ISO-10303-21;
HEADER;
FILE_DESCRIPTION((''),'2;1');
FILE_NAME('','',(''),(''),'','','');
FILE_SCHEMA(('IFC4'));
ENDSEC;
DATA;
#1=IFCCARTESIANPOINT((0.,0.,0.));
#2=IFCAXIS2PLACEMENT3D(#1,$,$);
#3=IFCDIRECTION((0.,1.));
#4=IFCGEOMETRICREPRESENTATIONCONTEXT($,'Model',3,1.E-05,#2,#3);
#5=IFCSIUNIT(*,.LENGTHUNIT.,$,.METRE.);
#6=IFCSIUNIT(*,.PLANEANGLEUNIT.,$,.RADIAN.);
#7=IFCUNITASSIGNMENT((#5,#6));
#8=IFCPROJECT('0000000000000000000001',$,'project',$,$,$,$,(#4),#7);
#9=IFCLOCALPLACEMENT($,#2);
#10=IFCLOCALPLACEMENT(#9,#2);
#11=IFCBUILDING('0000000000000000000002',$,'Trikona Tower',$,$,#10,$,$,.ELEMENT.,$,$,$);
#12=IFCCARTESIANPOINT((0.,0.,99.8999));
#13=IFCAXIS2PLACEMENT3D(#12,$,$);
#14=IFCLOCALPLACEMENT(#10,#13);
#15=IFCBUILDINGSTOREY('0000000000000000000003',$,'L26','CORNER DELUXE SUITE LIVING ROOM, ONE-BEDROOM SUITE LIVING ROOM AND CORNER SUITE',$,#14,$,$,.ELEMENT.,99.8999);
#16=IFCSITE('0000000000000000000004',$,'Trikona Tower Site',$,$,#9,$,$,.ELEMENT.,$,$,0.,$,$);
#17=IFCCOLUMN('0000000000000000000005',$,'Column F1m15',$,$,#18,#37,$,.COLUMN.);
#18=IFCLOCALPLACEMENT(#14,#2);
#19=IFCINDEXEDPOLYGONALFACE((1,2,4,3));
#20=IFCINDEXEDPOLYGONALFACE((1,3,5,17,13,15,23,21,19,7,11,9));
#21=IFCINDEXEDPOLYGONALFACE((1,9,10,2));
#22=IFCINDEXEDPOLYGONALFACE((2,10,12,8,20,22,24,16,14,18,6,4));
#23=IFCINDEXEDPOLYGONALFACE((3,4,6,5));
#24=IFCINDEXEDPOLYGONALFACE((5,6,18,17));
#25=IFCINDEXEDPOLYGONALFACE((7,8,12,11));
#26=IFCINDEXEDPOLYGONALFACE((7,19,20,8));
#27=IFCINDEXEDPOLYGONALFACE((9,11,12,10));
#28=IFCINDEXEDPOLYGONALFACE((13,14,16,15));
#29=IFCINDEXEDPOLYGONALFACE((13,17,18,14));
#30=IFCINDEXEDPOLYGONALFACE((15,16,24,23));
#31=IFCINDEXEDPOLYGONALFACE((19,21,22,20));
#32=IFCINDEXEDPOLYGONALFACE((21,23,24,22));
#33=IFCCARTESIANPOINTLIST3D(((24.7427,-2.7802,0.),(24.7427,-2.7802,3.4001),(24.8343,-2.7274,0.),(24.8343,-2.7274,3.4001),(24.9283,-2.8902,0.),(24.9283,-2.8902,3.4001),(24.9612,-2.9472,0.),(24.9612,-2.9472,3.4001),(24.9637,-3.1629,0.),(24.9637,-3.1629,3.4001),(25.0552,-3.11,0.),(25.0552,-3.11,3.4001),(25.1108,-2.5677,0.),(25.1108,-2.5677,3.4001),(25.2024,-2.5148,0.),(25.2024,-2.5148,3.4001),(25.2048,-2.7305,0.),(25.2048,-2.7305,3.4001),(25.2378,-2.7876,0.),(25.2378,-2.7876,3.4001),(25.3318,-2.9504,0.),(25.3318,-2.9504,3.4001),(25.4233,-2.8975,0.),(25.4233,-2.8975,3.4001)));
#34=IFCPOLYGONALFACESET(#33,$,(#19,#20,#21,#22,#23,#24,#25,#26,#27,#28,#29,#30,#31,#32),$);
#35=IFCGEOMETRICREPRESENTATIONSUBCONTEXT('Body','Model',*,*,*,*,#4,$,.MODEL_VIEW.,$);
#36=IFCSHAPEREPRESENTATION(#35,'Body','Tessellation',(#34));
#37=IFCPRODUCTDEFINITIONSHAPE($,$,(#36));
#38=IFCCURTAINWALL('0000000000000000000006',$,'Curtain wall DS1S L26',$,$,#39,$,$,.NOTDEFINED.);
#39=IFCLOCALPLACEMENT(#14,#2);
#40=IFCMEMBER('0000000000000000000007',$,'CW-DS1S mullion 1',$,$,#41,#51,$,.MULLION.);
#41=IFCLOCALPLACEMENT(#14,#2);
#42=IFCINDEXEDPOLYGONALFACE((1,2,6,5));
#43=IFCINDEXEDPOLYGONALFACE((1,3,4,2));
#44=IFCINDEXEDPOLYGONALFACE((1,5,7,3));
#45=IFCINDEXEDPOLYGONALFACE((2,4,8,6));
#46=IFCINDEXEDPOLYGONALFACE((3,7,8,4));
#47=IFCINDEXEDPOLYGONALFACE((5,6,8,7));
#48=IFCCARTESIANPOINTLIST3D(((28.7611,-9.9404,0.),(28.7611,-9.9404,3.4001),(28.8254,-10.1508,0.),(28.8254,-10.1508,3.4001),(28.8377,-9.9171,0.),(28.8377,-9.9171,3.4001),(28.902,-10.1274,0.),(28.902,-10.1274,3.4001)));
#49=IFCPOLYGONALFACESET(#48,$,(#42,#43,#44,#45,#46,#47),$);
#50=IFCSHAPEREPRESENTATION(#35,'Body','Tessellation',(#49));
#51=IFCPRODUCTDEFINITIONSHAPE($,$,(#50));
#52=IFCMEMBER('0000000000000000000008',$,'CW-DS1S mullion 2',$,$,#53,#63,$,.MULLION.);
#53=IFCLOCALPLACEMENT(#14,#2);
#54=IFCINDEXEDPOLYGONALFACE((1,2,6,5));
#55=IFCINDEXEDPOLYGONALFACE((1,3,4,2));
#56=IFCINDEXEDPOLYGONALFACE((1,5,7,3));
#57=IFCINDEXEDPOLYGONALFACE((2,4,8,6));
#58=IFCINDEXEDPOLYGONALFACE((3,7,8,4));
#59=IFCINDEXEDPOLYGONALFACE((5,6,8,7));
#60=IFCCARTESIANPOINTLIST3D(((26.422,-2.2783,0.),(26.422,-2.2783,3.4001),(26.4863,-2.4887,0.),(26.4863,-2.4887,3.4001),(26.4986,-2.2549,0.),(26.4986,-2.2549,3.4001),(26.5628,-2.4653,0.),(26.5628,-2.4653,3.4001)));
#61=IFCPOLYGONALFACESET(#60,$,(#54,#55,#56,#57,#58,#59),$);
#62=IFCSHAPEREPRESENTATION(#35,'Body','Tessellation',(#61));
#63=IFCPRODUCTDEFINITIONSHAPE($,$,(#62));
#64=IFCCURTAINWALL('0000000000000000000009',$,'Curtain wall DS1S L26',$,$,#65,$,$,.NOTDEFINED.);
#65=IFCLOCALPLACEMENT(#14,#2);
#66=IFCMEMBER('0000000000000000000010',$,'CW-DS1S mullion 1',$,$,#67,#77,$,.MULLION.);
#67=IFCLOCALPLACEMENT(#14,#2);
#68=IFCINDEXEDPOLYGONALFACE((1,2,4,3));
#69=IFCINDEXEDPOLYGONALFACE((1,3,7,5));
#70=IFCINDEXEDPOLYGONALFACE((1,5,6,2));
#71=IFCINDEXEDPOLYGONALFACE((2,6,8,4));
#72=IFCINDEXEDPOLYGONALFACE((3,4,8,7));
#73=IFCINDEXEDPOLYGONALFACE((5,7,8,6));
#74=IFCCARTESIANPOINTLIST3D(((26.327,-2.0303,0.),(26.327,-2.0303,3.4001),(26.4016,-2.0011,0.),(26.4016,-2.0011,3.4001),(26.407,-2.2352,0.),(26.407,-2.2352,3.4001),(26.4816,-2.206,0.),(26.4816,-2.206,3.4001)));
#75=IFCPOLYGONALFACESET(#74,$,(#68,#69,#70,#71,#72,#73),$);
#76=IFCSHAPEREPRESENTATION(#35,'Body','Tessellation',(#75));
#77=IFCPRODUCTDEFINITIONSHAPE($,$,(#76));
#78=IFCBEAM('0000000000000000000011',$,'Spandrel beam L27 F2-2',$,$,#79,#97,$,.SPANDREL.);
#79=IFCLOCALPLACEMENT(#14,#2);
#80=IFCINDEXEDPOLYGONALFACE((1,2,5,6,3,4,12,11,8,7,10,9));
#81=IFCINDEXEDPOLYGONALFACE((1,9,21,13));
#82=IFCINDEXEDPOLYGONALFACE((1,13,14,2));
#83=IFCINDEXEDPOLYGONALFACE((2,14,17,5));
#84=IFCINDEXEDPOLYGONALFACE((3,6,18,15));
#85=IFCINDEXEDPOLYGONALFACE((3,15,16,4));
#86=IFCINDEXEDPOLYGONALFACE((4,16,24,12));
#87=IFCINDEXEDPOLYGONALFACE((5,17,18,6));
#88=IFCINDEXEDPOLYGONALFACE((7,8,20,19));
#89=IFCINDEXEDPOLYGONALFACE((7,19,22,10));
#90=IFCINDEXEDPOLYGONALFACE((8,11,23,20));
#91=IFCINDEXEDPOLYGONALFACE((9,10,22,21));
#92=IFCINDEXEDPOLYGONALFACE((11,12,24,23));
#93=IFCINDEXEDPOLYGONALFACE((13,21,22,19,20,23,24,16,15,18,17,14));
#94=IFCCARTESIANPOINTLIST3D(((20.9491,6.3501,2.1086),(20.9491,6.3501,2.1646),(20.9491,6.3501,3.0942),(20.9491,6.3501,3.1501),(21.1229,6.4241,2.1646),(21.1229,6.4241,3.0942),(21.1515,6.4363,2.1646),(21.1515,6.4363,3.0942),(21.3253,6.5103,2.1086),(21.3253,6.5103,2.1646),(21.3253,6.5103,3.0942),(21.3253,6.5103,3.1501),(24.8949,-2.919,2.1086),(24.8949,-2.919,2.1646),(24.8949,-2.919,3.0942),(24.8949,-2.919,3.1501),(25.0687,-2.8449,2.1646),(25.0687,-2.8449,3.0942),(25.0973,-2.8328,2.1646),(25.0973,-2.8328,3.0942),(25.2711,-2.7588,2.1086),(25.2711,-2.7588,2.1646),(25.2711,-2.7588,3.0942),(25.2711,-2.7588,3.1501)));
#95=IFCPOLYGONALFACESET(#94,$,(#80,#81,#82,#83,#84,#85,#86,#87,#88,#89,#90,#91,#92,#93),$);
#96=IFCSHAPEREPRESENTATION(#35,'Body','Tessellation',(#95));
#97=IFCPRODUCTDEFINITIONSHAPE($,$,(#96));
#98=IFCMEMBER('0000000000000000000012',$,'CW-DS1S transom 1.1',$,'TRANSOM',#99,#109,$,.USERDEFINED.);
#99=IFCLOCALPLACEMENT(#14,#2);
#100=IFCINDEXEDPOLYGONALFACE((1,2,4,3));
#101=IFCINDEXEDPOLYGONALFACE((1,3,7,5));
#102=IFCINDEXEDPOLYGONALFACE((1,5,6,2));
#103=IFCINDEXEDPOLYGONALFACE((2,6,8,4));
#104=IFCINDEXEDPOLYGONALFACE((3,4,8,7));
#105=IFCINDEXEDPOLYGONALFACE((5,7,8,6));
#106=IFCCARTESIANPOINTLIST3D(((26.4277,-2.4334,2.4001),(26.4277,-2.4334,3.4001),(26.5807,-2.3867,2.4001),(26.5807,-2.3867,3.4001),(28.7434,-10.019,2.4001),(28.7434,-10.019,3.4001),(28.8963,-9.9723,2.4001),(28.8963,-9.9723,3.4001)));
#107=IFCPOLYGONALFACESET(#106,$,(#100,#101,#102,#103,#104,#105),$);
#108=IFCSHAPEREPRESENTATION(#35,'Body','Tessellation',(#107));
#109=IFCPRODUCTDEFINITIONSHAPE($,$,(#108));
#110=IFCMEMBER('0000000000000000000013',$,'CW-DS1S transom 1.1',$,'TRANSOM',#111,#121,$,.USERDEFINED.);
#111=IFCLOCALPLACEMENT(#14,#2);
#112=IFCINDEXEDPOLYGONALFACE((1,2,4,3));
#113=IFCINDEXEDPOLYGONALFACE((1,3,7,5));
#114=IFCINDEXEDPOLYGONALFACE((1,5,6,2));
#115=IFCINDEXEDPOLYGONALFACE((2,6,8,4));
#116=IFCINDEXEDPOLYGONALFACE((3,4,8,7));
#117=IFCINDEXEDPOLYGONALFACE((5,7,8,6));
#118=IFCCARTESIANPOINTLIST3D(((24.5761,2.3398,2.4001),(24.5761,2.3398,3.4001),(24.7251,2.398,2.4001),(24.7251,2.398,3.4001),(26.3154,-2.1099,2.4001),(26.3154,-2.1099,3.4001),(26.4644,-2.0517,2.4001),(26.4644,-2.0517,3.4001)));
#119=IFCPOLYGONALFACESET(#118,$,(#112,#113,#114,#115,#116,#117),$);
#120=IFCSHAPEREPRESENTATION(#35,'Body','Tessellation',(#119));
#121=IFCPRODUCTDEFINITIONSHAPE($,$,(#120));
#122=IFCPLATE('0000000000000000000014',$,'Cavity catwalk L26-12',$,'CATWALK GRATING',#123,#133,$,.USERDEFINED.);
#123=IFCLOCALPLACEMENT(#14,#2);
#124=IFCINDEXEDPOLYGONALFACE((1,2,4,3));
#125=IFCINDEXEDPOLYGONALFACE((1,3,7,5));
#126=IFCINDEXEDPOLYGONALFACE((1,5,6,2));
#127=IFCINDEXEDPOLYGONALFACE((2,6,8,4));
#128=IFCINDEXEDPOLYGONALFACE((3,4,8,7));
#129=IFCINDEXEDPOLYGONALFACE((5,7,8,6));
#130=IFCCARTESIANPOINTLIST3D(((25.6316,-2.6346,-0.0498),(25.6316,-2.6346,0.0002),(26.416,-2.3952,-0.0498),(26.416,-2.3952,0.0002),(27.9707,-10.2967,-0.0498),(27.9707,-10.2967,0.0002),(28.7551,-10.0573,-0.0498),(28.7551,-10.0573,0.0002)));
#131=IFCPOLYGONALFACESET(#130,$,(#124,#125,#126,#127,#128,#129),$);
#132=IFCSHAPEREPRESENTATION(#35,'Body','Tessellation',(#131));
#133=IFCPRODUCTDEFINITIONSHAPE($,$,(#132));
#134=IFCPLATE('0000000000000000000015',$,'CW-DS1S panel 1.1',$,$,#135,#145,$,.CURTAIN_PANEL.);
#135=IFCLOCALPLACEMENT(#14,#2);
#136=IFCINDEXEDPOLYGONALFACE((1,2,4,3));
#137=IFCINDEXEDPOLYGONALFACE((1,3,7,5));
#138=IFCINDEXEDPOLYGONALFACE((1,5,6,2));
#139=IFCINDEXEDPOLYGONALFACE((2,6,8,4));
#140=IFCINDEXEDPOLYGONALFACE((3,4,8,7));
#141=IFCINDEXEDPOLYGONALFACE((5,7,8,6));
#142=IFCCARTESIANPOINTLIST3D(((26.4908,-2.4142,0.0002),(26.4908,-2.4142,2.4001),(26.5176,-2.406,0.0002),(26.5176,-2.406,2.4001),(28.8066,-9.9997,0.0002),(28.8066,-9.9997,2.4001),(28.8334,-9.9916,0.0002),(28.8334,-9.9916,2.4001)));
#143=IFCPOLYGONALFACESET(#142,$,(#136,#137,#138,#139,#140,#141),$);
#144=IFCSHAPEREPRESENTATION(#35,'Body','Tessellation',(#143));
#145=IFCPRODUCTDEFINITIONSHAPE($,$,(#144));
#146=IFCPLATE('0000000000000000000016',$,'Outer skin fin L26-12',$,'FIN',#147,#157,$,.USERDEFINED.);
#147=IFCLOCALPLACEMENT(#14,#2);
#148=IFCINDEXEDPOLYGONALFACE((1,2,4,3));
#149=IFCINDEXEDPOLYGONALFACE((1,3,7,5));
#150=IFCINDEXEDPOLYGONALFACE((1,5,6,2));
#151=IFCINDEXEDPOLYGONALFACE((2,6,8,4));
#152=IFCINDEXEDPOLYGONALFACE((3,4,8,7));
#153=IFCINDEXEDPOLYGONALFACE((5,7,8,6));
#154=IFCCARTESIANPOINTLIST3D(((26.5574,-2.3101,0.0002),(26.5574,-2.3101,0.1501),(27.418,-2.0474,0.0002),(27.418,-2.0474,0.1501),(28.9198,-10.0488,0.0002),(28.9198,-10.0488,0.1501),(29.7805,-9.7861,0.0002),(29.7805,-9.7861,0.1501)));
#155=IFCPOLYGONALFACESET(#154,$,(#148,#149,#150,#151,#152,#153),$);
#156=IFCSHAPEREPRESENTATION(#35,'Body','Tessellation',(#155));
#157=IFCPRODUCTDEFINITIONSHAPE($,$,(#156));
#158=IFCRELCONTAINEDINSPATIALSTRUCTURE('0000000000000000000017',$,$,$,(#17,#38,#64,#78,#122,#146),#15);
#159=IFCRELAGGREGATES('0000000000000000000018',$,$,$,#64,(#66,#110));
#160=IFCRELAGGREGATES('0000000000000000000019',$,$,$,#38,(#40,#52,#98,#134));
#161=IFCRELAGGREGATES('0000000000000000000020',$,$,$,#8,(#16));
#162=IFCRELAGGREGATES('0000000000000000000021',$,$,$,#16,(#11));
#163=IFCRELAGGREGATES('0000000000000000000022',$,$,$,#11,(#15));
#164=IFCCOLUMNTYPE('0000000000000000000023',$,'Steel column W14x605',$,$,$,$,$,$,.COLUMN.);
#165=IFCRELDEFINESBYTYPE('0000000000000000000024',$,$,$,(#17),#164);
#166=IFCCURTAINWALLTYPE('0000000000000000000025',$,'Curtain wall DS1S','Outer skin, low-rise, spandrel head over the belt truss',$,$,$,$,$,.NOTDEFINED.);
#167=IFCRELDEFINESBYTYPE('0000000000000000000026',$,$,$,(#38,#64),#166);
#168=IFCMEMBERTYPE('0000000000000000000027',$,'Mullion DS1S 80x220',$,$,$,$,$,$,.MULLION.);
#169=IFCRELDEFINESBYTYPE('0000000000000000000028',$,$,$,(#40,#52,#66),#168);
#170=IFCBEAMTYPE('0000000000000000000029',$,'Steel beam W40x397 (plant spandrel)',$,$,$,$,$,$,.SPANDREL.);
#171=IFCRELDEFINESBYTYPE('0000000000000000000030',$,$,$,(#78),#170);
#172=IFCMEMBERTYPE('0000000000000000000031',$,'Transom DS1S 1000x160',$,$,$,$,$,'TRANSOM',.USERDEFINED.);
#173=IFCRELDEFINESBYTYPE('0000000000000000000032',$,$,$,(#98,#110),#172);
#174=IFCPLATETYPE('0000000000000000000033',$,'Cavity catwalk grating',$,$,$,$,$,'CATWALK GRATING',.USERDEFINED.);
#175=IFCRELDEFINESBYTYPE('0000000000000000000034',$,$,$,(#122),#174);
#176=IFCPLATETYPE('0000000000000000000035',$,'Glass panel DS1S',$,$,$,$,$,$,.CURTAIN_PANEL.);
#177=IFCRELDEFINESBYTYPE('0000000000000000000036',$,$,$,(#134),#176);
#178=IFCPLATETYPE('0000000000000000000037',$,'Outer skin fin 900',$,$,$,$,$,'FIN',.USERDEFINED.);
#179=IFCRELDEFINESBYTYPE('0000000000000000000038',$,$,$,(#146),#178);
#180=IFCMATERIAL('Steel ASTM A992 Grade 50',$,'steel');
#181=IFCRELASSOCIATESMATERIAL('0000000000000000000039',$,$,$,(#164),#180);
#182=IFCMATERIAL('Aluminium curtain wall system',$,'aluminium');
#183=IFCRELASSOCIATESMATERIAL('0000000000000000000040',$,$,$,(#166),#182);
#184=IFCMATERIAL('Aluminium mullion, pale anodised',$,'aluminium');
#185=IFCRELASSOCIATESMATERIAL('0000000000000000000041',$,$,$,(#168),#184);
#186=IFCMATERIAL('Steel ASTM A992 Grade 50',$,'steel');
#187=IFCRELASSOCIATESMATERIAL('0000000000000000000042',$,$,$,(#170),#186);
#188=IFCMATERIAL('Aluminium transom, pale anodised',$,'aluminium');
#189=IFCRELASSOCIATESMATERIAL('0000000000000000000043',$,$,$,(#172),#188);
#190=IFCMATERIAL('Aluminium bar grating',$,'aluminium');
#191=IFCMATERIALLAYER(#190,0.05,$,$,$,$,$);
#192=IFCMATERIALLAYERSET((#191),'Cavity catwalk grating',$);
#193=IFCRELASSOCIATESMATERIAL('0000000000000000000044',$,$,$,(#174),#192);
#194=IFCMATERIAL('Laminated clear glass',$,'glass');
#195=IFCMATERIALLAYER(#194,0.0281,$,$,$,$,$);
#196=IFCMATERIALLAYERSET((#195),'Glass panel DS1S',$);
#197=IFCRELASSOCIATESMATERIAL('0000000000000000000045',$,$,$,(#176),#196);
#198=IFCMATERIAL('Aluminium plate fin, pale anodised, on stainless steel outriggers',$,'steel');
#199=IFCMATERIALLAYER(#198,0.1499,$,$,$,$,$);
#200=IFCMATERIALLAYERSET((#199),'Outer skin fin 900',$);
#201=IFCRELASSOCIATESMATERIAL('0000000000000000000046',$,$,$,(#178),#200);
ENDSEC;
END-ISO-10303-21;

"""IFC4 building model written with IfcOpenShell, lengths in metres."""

from ifc_helpers import new_model, si_unit, direction, frame, origin, origin_2d, place, context, subcontext, project, spatial, rectangle, i_section, extrude, material, layer, layer_set, material_profile, profile_set, type_object, element, aggregate, save


model = new_model("IFC4")

# Units and contexts
model_context = context("Model", 3, precision=1e-05, world=origin(), true_north=direction((0.0, 1.0)))
body_context = subcontext(model_context, "Body", "Model", "MODEL_VIEW")
ifc_project = project(units=[si_unit("LENGTHUNIT", "METRE"), si_unit("PLANEANGLEUNIT", "RADIAN")], contexts=[model_context])

# Site, building, storey
site_placement = place(None, origin())
site = spatial("IfcSite", under=ifc_project, at=site_placement, Name="Trikona Tower Site", CompositionType="ELEMENT", RefElevation=0.0)
building_placement = place(site_placement, origin())
building = spatial("IfcBuilding", under=site, at=building_placement, Name="Trikona Tower", CompositionType="ELEMENT")
storey_placement = place(building_placement, frame((0.0, 0.0, 99.8999)))
storey = spatial("IfcBuildingStorey", under=building, at=storey_placement, Name="L26", Description="CORNER DELUXE SUITE LIVING ROOM, ONE-BEDROOM SUITE LIVING ROOM AND CORNER SUITE", CompositionType="ELEMENT", Elevation=99.8999)

# Column
ifc_material_1 = material(Name="Steel ASTM A992 Grade 50", Category="steel")
ifc_material_profile_1 = material_profile(ifc_material_1, i_section(OverallWidth=0.4419, OverallDepth=0.5308, WebThickness=0.0659, FlangeThickness=0.1057, at=origin_2d()), Name="W14X605")
ifc_profile_set_1 = profile_set([ifc_material_profile_1], Name="Steel ASTM A992 Grade 50")
column_type = type_object("IfcColumnType", Name="Steel column W14x605", PredefinedType="COLUMN", material=ifc_profile_set_1)
column_placement = place(storey_placement, frame((25.083, -2.8389, 0.0), z_axis=(0.0, 0.0, 1.0), x_axis=(-0.5, 0.866025, 0.0)))
element("IfcColumn", 1, at=column_placement, inside=storey, type_object=column_type, Name="Column F1m15", PredefinedType="COLUMN", context=body_context, shape_type="SweptSolid", body=[
    extrude(i_section(OverallWidth=0.4419, OverallDepth=0.5308, WebThickness=0.0659, FlangeThickness=0.1057, at=origin_2d()), origin(), (0.0, 0.0, 1.0), 3.4001),
])

# Curtain wall, members
ifc_material_2 = material(Name="Aluminium curtain wall system", Category="aluminium")
curtain_wall_type = type_object("IfcCurtainWallType", Name="Curtain wall DS1S", Description="Outer skin, low-rise, spandrel head over the belt truss", PredefinedType="NOTDEFINED", material=ifc_material_2)
curtain_wall_1_placement = place(storey_placement, origin())
curtain_wall_1 = element("IfcCurtainWall", 2, at=curtain_wall_1_placement, inside=storey, type_object=curtain_wall_type, Name="Curtain wall DS1S L26", PredefinedType="NOTDEFINED")
ifc_material_3 = material(Name="Aluminium mullion, pale anodised", Category="aluminium")
ifc_material_profile_2 = material_profile(ifc_material_3, rectangle(XDim=0.0801, YDim=0.22, at=origin_2d()), Name="MUL-DS1S")
ifc_profile_set_2 = profile_set([ifc_material_profile_2], Name="Aluminium mullion, pale anodised")
member_type_1 = type_object("IfcMemberType", Name="Mullion DS1S 80x220", PredefinedType="MULLION", material=ifc_profile_set_2)
member_1_placement = place(storey_placement, frame((28.8315, -10.0339, 0.0), z_axis=(0.0, 0.0, 1.0), x_axis=(-0.956423, -0.291984, 0.0)))
member_1 = element("IfcMember", 3, at=member_1_placement, type_object=member_type_1, Name="CW-DS1S mullion 1", PredefinedType="MULLION", context=body_context, shape_type="SweptSolid", body=[
    extrude(rectangle(XDim=0.0801, YDim=0.22, at=origin_2d()), origin(), (0.0, 0.0, 1.0), 3.4001),
])
member_2_placement = place(storey_placement, frame((26.4924, -2.3718, 0.0), z_axis=(0.0, 0.0, 1.0), x_axis=(-0.956423, -0.291984, 0.0)))
member_2 = element("IfcMember", 4, at=member_2_placement, type_object=member_type_1, Name="CW-DS1S mullion 2", PredefinedType="MULLION", context=body_context, shape_type="SweptSolid", body=[
    extrude(rectangle(XDim=0.0801, YDim=0.22, at=origin_2d()), origin(), (0.0, 0.0, 1.0), 3.4001),
])

# Curtain wall, member
curtain_wall_2_placement = place(storey_placement, origin())
curtain_wall_2 = element("IfcCurtainWall", 5, at=curtain_wall_2_placement, inside=storey, type_object=curtain_wall_type, Name="Curtain wall DS1S L26", PredefinedType="NOTDEFINED")
member_3_placement = place(storey_placement, frame((26.4043, -2.1182, 0.0), z_axis=(0.0, 0.0, 1.0), x_axis=(-0.931396, -0.364008, 0.0)))
member_3 = element("IfcMember", 6, at=member_3_placement, type_object=member_type_1, Name="CW-DS1S mullion 1", PredefinedType="MULLION", context=body_context, shape_type="SweptSolid", body=[
    extrude(rectangle(XDim=0.0801, YDim=0.22, at=origin_2d()), origin(), (0.0, 0.0, 1.0), 3.4001),
])

# Beam
ifc_material_4 = material(Name="Steel ASTM A992 Grade 50", Category="steel")
ifc_material_profile_3 = material_profile(ifc_material_4, i_section(OverallWidth=0.4089, OverallDepth=1.0415, WebThickness=0.031, FlangeThickness=0.0559, at=origin_2d()), Name="W40X397")
ifc_profile_set_3 = profile_set([ifc_material_profile_3], Name="Steel ASTM A992 Grade 50")
beam_type = type_object("IfcBeamType", Name="Steel beam W40x397 (plant spandrel)", PredefinedType="SPANDREL", material=ifc_profile_set_3)
beam_placement = place(storey_placement, frame((25.083, -2.8389, 2.6294), z_axis=(-0.391684, 0.9201, 0.0), x_axis=(-0.9201, -0.391684, 0.0)))
element("IfcBeam", 7, at=beam_placement, inside=storey, type_object=beam_type, Name="Spandrel beam L27 F2-2", PredefinedType="SPANDREL", context=body_context, shape_type="SweptSolid", body=[
    extrude(i_section(OverallWidth=0.4089, OverallDepth=1.0415, WebThickness=0.031, FlangeThickness=0.0559, at=origin_2d()), origin(), (0.0, 0.0, 1.0), 10.074),
])

# Members
ifc_material_5 = material(Name="Aluminium transom, pale anodised", Category="aluminium")
ifc_material_profile_4 = material_profile(ifc_material_5, rectangle(XDim=0.1599, YDim=1.0, at=origin_2d()), Name="TRN-DS1S")
ifc_profile_set_4 = profile_set([ifc_material_profile_4], Name="Aluminium transom, pale anodised")
member_type_2 = type_object("IfcMemberType", Name="Transom DS1S 1000x160", ElementType="TRANSOM", PredefinedType="USERDEFINED", material=ifc_profile_set_4)
member_4_placement = place(storey_placement, frame((28.8198, -9.9956, 2.9001), z_axis=(-0.291967, 0.956428, 0.0), x_axis=(-0.956428, -0.291967, 0.0)))
member_4 = element("IfcMember", 8, at=member_4_placement, type_object=member_type_2, Name="CW-DS1S transom 1.1", ObjectType="TRANSOM", PredefinedType="USERDEFINED", context=body_context, shape_type="SweptSolid", body=[
    extrude(rectangle(XDim=0.1599, YDim=1.0, at=origin_2d()), origin(), (0.0, 0.0, 1.0), 7.9312),
])
member_5_placement = place(storey_placement, frame((26.3899, -2.0808, 2.9001), z_axis=(-0.364049, 0.93138, 0.0), x_axis=(-0.93138, -0.364049, 0.0)))
member_5 = element("IfcMember", 9, at=member_5_placement, type_object=member_type_2, Name="CW-DS1S transom 1.1", ObjectType="TRANSOM", PredefinedType="USERDEFINED", context=body_context, shape_type="SweptSolid", body=[
    extrude(rectangle(XDim=0.1599, YDim=1.0, at=origin_2d()), origin(), (0.0, 0.0, 1.0), 4.7776),
])
aggregate(curtain_wall_2, [member_3, member_5])

# Plates
ifc_material_6 = material(Name="Aluminium bar grating", Category="aluminium")
ifc_layer_1 = layer(ifc_material_6, 0.05)
ifc_layer_set_1 = layer_set([ifc_layer_1], Name="Cavity catwalk grating")
plate_type_1 = type_object("IfcPlateType", Name="Cavity catwalk grating", ElementType="CATWALK GRATING", PredefinedType="USERDEFINED", material=ifc_layer_set_1)
plate_1_placement = place(storey_placement, frame((27.1934, -6.3459, -0.0498), z_axis=(0.0, 0.0, 1.0), x_axis=(-0.291979, 0.956425, 0.0)))
element("IfcPlate", 10, at=plate_1_placement, inside=storey, type_object=plate_type_1, Name="Cavity catwalk L26-12", ObjectType="CATWALK GRATING", PredefinedType="USERDEFINED", context=body_context, shape_type="SweptSolid", body=[
    extrude(rectangle(XDim=8.0112, YDim=0.8201, at=origin_2d()), origin(), (0.0, 0.0, 1.0), 0.05),
])
ifc_material_7 = material(Name="Laminated clear glass", Category="glass")
ifc_layer_2 = layer(ifc_material_7, 0.0281)
ifc_layer_set_2 = layer_set([ifc_layer_2], Name="Glass panel DS1S")
plate_type_2 = type_object("IfcPlateType", Name="Glass panel DS1S", PredefinedType="CURTAIN_PANEL", material=ifc_layer_set_2)
plate_2_placement = place(storey_placement, frame((27.6621, -6.2029, 0.0002), z_axis=(0.0, 0.0, 1.0), x_axis=(-0.291984, 0.956423, 0.0)))
plate_2 = element("IfcPlate", 11, at=plate_2_placement, type_object=plate_type_2, Name="CW-DS1S panel 1.1", PredefinedType="CURTAIN_PANEL", context=body_context, shape_type="SweptSolid", body=[
    extrude(rectangle(XDim=7.9312, YDim=0.0281, at=origin_2d()), origin(), (0.0, 0.0, 1.0), 2.3999),
])
aggregate(curtain_wall_1, [member_1, member_2, member_4, plate_2])
ifc_material_8 = material(Name="Aluminium plate fin, pale anodised, on stainless steel outriggers", Category="steel")
ifc_layer_3 = layer(ifc_material_8, 0.1499)
ifc_layer_set_3 = layer_set([ifc_layer_3], Name="Outer skin fin 900")
plate_type_3 = type_object("IfcPlateType", Name="Outer skin fin 900", ElementType="FIN", PredefinedType="USERDEFINED", material=ifc_layer_set_3)
plate_3_placement = place(storey_placement, frame((28.1689, -6.0481, 0.0002), z_axis=(0.0, 0.0, 1.0), x_axis=(-0.291979, 0.956425, 0.0)))
element("IfcPlate", 12, at=plate_3_placement, inside=storey, type_object=plate_type_3, Name="Outer skin fin L26-12", ObjectType="FIN", PredefinedType="USERDEFINED", context=body_context, shape_type="SweptSolid", body=[
    extrude(rectangle(XDim=8.0913, YDim=0.8999, at=origin_2d()), origin(), (0.0, 0.0, 1.0), 0.1499),
])

save(model, "model.ifc")
